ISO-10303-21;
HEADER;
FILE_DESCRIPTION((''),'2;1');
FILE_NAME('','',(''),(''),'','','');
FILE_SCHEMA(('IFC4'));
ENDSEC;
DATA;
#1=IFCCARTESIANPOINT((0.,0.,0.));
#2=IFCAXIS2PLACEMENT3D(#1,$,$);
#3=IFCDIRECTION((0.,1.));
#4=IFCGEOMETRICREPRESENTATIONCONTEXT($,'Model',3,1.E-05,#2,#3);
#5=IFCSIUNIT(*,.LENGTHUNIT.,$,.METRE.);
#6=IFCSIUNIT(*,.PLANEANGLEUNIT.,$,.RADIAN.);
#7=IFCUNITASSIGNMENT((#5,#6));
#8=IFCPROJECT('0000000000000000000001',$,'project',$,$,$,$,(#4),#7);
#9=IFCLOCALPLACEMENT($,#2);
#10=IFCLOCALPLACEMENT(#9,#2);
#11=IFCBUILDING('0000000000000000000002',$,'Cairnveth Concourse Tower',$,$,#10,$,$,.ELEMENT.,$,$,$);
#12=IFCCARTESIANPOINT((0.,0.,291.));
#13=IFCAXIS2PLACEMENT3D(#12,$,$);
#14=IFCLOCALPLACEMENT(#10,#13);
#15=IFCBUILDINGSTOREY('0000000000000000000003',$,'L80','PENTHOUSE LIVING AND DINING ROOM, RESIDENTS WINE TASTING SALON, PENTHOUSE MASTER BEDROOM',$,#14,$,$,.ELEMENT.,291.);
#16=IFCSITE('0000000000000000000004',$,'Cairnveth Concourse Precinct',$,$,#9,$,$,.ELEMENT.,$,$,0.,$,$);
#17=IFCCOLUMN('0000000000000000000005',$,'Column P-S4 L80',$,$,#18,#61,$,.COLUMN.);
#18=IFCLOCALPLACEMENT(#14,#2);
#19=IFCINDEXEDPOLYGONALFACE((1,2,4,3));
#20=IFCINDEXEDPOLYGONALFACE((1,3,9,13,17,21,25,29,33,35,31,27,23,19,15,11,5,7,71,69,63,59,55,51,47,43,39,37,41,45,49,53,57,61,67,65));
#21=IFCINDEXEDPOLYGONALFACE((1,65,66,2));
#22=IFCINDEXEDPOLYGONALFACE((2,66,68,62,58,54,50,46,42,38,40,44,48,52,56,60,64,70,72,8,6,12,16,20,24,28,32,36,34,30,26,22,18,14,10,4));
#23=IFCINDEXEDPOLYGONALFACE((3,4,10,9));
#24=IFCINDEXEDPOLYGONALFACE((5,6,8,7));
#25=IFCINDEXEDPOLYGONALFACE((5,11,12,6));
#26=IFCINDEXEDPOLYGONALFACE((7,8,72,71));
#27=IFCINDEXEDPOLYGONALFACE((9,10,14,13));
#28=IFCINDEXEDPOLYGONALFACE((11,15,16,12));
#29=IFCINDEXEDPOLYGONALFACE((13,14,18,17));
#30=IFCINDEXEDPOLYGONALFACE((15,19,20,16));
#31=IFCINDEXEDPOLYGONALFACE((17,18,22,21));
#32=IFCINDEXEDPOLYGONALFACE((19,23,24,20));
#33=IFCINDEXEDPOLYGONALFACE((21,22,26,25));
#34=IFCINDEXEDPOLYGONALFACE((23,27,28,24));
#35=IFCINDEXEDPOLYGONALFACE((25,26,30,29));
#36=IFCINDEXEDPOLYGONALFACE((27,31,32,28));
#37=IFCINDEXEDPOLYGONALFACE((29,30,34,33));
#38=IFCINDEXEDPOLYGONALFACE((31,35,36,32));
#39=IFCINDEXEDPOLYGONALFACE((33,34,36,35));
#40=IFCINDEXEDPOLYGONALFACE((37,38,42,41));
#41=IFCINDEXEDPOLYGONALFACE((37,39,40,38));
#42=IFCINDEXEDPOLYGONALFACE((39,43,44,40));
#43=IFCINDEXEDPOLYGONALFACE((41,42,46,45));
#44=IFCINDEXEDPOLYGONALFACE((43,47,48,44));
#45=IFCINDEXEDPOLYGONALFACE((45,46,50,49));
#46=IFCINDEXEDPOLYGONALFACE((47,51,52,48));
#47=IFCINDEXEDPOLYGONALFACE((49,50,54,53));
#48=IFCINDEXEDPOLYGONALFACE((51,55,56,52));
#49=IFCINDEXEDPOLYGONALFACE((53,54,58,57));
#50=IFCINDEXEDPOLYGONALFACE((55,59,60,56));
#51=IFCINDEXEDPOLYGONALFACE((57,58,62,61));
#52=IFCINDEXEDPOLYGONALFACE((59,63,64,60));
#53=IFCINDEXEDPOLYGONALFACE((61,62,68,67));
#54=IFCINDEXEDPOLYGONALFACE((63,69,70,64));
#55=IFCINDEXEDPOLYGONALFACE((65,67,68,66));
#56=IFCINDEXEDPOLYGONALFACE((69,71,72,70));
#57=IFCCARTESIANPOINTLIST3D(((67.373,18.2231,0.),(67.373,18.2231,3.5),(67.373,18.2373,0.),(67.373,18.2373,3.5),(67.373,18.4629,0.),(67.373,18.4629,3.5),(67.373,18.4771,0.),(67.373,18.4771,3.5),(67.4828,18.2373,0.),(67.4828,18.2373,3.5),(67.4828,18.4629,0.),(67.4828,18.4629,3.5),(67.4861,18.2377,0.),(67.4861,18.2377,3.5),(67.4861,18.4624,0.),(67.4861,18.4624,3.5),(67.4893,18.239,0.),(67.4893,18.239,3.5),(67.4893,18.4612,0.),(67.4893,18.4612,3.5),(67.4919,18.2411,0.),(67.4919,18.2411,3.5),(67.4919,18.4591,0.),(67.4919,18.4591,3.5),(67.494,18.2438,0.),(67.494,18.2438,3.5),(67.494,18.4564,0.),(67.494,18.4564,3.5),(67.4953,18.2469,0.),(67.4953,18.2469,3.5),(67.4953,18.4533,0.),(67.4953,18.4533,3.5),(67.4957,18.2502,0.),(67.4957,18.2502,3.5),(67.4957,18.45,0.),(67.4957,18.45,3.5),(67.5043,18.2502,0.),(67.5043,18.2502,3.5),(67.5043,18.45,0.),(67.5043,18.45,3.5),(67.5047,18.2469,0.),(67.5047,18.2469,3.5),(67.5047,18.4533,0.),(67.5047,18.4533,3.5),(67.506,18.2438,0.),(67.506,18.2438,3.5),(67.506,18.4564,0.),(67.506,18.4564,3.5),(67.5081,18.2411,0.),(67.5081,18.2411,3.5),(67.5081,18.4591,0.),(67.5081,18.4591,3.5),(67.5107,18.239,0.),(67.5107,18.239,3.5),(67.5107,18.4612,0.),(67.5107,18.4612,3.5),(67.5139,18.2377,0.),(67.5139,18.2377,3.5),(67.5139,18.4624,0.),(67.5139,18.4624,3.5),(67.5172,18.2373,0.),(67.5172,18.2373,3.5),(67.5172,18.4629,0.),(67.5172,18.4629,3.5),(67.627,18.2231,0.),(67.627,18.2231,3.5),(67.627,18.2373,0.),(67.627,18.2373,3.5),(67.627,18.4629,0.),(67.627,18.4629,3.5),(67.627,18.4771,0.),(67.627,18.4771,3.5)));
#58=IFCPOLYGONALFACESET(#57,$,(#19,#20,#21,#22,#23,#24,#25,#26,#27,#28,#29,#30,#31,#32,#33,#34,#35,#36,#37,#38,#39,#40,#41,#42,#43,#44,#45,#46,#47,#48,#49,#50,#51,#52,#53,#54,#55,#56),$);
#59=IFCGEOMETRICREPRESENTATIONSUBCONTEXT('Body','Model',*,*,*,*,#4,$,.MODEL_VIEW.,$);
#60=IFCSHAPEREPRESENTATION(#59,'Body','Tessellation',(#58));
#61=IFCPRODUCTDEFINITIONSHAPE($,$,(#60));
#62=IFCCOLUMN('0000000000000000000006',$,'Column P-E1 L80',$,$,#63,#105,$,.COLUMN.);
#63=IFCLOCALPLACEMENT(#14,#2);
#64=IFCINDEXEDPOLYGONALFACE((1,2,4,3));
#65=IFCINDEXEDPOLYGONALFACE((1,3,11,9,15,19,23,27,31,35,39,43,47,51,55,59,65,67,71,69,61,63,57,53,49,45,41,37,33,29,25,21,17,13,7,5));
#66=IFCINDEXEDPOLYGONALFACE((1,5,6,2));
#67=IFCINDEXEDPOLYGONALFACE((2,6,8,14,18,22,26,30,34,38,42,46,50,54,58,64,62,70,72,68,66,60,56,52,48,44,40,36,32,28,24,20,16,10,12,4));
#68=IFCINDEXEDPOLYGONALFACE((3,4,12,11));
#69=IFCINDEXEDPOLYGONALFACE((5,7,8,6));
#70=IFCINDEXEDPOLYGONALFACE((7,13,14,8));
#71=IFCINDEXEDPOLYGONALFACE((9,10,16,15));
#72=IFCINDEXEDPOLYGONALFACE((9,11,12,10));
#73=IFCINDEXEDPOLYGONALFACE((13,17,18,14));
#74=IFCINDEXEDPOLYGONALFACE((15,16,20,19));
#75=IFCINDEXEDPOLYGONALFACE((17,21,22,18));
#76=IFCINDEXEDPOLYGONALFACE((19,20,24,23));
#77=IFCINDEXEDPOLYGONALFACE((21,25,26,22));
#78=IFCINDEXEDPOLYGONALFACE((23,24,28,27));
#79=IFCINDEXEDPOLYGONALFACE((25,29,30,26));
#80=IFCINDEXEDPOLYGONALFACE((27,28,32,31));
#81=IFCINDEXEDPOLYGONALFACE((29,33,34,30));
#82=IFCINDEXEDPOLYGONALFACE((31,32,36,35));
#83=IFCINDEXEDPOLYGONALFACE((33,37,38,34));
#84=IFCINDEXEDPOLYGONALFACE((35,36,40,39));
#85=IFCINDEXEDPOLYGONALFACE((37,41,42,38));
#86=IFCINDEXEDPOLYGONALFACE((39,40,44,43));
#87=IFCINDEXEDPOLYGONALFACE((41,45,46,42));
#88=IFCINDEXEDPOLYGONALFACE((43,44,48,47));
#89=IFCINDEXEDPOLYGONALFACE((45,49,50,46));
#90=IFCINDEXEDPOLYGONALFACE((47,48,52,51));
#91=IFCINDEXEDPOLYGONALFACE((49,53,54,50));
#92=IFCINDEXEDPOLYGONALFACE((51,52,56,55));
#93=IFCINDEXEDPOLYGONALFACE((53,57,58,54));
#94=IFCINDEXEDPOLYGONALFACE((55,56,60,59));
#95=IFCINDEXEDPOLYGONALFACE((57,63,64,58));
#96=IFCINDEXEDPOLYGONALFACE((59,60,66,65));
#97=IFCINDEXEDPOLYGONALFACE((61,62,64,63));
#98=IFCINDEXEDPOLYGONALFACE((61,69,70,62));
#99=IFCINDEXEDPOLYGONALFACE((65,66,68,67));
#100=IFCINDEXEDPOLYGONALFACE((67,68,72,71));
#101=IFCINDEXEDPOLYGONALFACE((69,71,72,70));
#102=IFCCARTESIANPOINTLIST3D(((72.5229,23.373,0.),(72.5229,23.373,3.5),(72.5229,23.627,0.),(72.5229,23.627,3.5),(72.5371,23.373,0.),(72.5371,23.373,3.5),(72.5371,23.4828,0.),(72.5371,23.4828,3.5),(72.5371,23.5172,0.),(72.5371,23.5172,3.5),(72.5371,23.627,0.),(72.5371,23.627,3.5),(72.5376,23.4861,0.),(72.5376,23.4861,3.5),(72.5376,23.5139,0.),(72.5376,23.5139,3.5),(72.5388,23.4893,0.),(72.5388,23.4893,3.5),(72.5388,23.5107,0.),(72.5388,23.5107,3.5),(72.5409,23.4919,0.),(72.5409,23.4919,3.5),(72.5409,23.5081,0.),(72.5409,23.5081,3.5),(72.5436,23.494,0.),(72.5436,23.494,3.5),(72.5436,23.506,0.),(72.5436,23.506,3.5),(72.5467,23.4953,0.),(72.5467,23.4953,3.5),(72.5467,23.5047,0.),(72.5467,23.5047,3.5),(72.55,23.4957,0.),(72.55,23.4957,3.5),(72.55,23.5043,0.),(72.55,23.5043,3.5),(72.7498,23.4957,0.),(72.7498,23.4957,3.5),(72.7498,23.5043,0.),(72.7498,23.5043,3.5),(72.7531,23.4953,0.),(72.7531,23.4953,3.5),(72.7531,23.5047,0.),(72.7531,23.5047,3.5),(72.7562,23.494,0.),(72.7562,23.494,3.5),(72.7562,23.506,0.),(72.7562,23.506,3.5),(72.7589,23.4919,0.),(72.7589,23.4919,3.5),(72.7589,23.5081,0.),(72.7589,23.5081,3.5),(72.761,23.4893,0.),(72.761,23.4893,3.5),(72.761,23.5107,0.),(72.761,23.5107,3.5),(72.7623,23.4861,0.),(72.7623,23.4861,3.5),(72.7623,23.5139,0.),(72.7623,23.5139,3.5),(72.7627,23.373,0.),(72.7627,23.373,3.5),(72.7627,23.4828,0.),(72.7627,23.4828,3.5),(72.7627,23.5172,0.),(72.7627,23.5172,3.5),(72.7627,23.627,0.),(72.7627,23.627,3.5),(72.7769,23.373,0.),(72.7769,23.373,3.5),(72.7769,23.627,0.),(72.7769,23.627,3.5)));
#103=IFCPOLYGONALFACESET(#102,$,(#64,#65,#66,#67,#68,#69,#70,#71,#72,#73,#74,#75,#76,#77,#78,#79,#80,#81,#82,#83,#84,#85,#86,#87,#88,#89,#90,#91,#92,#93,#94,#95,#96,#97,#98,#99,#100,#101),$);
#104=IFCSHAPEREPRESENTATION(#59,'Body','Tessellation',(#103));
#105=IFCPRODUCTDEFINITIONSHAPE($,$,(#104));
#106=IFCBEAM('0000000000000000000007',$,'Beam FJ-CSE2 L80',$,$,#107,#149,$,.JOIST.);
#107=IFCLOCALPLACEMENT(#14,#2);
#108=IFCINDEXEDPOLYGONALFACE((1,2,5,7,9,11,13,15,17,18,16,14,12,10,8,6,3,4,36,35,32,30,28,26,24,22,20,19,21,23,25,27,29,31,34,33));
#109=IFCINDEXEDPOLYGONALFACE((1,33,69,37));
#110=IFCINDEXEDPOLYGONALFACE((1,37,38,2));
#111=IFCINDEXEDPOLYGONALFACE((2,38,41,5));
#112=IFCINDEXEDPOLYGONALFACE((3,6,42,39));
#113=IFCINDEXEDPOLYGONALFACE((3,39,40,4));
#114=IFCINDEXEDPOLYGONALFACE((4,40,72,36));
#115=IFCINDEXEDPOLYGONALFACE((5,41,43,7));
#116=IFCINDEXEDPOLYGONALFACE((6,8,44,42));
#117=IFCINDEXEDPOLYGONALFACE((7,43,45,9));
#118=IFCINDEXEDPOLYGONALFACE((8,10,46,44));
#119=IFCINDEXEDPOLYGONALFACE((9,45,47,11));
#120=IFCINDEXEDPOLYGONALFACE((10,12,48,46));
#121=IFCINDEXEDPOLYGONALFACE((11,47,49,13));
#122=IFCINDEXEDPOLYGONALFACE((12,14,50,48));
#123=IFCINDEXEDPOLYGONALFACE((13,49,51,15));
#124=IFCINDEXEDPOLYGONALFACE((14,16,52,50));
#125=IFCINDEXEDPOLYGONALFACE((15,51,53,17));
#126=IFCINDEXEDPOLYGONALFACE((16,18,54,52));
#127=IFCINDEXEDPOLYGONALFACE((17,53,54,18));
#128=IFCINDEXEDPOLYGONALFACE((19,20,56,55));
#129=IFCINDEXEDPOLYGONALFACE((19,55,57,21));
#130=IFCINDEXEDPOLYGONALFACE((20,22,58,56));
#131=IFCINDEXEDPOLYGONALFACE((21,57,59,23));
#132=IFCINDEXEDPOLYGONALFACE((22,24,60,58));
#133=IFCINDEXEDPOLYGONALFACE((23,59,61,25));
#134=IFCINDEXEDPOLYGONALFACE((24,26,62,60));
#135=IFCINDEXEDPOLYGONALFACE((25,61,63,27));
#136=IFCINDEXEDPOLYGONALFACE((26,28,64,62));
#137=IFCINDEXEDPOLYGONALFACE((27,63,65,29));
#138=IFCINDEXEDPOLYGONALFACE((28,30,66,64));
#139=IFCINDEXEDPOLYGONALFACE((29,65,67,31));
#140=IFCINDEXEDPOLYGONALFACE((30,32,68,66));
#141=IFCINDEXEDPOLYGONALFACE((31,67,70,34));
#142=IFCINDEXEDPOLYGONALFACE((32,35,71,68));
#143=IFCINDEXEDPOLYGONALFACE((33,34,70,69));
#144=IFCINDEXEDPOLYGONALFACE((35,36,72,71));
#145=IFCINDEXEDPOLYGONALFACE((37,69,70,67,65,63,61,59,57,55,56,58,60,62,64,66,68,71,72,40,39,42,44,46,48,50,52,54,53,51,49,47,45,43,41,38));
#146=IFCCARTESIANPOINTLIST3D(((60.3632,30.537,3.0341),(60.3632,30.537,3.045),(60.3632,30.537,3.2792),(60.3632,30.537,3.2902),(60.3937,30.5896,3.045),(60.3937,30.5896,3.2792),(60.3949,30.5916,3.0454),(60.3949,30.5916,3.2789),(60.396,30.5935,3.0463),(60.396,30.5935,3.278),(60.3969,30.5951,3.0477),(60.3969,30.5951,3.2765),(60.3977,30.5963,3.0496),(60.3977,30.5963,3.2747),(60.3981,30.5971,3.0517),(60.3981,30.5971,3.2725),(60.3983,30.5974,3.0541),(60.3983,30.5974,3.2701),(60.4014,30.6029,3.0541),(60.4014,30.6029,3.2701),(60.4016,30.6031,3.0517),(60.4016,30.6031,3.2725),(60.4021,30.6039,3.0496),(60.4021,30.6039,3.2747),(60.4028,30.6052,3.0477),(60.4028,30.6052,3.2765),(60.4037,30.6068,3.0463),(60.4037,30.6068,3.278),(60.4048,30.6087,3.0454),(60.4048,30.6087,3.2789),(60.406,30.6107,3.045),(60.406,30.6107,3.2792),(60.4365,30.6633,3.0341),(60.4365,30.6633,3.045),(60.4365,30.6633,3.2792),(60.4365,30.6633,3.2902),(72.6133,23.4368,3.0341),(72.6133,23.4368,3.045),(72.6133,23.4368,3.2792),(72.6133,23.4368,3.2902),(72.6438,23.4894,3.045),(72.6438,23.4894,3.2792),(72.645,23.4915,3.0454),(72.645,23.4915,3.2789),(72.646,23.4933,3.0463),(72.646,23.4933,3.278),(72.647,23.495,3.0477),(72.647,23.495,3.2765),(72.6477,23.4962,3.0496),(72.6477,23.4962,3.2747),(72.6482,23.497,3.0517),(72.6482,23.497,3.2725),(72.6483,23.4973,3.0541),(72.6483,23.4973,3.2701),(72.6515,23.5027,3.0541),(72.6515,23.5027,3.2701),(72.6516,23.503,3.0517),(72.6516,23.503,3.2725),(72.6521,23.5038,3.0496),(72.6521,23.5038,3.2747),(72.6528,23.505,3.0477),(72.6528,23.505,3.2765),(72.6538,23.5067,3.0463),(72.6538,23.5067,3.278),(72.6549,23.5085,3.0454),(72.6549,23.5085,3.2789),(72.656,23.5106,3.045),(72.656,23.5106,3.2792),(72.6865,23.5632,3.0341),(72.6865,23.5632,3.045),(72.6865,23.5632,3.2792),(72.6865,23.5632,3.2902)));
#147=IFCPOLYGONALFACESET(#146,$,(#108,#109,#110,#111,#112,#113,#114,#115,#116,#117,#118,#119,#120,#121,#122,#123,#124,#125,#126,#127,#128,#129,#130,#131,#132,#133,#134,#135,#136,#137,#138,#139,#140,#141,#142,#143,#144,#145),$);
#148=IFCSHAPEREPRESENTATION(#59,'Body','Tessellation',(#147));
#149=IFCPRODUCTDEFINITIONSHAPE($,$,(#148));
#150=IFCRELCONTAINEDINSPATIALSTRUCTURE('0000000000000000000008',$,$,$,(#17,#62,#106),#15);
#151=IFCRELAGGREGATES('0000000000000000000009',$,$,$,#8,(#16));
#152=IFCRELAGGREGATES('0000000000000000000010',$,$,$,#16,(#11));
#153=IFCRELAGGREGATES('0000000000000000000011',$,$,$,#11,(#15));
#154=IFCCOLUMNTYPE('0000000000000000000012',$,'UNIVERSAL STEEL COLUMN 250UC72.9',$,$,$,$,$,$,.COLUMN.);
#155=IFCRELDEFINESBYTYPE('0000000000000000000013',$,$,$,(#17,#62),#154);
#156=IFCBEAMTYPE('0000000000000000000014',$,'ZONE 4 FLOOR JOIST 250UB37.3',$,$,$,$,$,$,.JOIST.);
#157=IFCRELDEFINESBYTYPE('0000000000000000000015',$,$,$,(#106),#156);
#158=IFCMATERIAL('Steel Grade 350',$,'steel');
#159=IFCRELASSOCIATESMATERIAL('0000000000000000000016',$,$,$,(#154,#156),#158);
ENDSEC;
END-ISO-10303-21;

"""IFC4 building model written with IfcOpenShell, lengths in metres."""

from ifc_helpers import new_model, si_unit, direction, frame, origin, origin_2d, place, context, subcontext, project, spatial, i_section, extrude, material, material_profile, profile_set, type_object, element, save


model = new_model("IFC4")

# Units and contexts
model_context = context("Model", 3, precision=1e-05, world=origin(), true_north=direction((0.0, 1.0)))
body_context = subcontext(model_context, "Body", "Model", "MODEL_VIEW")
ifc_project = project(units=[si_unit("LENGTHUNIT", "METRE"), si_unit("PLANEANGLEUNIT", "RADIAN")], contexts=[model_context])

# Site, building, storey
site_placement = place(None, origin())
site = spatial("IfcSite", under=ifc_project, at=site_placement, Name="Cairnveth Concourse Precinct", CompositionType="ELEMENT", RefElevation=0.0)
building_placement = place(site_placement, origin())
building = spatial("IfcBuilding", under=site, at=building_placement, Name="Cairnveth Concourse Tower", CompositionType="ELEMENT")
storey_placement = place(building_placement, frame((0.0, 0.0, 291.0)))
storey = spatial("IfcBuildingStorey", under=building, at=storey_placement, Name="L80", Description="PENTHOUSE LIVING AND DINING ROOM, RESIDENTS WINE TASTING SALON, PENTHOUSE MASTER BEDROOM", CompositionType="ELEMENT", Elevation=291.0)

# Columns
ifc_material_1 = material(Name="Steel Grade 350", Category="steel")
ifc_material_profile_1 = material_profile(ifc_material_1, i_section(OverallWidth=0.2539, OverallDepth=0.2539, WebThickness=0.0085, FlangeThickness=0.0142, FilletRadius=0.0129, at=origin_2d()), Name="250UC72.9")
ifc_profile_set_1 = profile_set([ifc_material_profile_1], Name="Steel Grade 350")
column_type = type_object("IfcColumnType", Name="UNIVERSAL STEEL COLUMN 250UC72.9", PredefinedType="COLUMN", material=ifc_profile_set_1)
for number, where, z_axis, x_axis, name in (
    (1, (67.5, 18.3501, 0.0), (0.0, 0.0, 1.0), (1.0, 0.0, 0.0), "Column P-S4 L80"),
    (2, (72.6499, 23.5, 0.0), (0.0, 0.0, 1.0), (0.0, 1.0, 0.0), "Column P-E1 L80"),
):
    element("IfcColumn", number, at=place(storey_placement, frame(where, z_axis=z_axis, x_axis=x_axis)), inside=storey, type_object=column_type, Name=name, PredefinedType="COLUMN", context=body_context, shape_type="SweptSolid", body=[
        extrude(i_section(OverallWidth=0.2539, OverallDepth=0.2539, WebThickness=0.0085, FlangeThickness=0.0142, FilletRadius=0.0129, at=origin_2d()), origin(), (0.0, 0.0, 1.0), 3.5),
    ])

# Beam
ifc_material_profile_2 = material_profile(ifc_material_1, i_section(OverallWidth=0.146, OverallDepth=0.2561, WebThickness=0.0063, FlangeThickness=0.011, FilletRadius=0.009, at=origin_2d()), Name="250UB37.3")
ifc_profile_set_2 = profile_set([ifc_material_profile_2], Name="Steel Grade 350")
beam_type_1 = type_object("IfcBeamType", Name="ZONE 4 FLOOR JOIST 250UB37.3", PredefinedType="JOIST", material=ifc_profile_set_2)
beam_1_placement = place(storey_placement, frame((72.6499, 23.5, 3.1621), z_axis=(-0.865181, 0.501459, 0.0), x_axis=(-0.501459, -0.865181, 0.0)))
element("IfcBeam", 3, at=beam_1_placement, inside=storey, type_object=beam_type_1, Name="Beam FJ-CSE2 L80", PredefinedType="JOIST", context=body_context, shape_type="SweptSolid", body=[
    extrude(i_section(OverallWidth=0.146, OverallDepth=0.2561, WebThickness=0.0063, FlangeThickness=0.011, FilletRadius=0.009, at=origin_2d()), origin(), (0.0, 0.0, 1.0), 14.1589),
])

save(model, "model.ifc")
